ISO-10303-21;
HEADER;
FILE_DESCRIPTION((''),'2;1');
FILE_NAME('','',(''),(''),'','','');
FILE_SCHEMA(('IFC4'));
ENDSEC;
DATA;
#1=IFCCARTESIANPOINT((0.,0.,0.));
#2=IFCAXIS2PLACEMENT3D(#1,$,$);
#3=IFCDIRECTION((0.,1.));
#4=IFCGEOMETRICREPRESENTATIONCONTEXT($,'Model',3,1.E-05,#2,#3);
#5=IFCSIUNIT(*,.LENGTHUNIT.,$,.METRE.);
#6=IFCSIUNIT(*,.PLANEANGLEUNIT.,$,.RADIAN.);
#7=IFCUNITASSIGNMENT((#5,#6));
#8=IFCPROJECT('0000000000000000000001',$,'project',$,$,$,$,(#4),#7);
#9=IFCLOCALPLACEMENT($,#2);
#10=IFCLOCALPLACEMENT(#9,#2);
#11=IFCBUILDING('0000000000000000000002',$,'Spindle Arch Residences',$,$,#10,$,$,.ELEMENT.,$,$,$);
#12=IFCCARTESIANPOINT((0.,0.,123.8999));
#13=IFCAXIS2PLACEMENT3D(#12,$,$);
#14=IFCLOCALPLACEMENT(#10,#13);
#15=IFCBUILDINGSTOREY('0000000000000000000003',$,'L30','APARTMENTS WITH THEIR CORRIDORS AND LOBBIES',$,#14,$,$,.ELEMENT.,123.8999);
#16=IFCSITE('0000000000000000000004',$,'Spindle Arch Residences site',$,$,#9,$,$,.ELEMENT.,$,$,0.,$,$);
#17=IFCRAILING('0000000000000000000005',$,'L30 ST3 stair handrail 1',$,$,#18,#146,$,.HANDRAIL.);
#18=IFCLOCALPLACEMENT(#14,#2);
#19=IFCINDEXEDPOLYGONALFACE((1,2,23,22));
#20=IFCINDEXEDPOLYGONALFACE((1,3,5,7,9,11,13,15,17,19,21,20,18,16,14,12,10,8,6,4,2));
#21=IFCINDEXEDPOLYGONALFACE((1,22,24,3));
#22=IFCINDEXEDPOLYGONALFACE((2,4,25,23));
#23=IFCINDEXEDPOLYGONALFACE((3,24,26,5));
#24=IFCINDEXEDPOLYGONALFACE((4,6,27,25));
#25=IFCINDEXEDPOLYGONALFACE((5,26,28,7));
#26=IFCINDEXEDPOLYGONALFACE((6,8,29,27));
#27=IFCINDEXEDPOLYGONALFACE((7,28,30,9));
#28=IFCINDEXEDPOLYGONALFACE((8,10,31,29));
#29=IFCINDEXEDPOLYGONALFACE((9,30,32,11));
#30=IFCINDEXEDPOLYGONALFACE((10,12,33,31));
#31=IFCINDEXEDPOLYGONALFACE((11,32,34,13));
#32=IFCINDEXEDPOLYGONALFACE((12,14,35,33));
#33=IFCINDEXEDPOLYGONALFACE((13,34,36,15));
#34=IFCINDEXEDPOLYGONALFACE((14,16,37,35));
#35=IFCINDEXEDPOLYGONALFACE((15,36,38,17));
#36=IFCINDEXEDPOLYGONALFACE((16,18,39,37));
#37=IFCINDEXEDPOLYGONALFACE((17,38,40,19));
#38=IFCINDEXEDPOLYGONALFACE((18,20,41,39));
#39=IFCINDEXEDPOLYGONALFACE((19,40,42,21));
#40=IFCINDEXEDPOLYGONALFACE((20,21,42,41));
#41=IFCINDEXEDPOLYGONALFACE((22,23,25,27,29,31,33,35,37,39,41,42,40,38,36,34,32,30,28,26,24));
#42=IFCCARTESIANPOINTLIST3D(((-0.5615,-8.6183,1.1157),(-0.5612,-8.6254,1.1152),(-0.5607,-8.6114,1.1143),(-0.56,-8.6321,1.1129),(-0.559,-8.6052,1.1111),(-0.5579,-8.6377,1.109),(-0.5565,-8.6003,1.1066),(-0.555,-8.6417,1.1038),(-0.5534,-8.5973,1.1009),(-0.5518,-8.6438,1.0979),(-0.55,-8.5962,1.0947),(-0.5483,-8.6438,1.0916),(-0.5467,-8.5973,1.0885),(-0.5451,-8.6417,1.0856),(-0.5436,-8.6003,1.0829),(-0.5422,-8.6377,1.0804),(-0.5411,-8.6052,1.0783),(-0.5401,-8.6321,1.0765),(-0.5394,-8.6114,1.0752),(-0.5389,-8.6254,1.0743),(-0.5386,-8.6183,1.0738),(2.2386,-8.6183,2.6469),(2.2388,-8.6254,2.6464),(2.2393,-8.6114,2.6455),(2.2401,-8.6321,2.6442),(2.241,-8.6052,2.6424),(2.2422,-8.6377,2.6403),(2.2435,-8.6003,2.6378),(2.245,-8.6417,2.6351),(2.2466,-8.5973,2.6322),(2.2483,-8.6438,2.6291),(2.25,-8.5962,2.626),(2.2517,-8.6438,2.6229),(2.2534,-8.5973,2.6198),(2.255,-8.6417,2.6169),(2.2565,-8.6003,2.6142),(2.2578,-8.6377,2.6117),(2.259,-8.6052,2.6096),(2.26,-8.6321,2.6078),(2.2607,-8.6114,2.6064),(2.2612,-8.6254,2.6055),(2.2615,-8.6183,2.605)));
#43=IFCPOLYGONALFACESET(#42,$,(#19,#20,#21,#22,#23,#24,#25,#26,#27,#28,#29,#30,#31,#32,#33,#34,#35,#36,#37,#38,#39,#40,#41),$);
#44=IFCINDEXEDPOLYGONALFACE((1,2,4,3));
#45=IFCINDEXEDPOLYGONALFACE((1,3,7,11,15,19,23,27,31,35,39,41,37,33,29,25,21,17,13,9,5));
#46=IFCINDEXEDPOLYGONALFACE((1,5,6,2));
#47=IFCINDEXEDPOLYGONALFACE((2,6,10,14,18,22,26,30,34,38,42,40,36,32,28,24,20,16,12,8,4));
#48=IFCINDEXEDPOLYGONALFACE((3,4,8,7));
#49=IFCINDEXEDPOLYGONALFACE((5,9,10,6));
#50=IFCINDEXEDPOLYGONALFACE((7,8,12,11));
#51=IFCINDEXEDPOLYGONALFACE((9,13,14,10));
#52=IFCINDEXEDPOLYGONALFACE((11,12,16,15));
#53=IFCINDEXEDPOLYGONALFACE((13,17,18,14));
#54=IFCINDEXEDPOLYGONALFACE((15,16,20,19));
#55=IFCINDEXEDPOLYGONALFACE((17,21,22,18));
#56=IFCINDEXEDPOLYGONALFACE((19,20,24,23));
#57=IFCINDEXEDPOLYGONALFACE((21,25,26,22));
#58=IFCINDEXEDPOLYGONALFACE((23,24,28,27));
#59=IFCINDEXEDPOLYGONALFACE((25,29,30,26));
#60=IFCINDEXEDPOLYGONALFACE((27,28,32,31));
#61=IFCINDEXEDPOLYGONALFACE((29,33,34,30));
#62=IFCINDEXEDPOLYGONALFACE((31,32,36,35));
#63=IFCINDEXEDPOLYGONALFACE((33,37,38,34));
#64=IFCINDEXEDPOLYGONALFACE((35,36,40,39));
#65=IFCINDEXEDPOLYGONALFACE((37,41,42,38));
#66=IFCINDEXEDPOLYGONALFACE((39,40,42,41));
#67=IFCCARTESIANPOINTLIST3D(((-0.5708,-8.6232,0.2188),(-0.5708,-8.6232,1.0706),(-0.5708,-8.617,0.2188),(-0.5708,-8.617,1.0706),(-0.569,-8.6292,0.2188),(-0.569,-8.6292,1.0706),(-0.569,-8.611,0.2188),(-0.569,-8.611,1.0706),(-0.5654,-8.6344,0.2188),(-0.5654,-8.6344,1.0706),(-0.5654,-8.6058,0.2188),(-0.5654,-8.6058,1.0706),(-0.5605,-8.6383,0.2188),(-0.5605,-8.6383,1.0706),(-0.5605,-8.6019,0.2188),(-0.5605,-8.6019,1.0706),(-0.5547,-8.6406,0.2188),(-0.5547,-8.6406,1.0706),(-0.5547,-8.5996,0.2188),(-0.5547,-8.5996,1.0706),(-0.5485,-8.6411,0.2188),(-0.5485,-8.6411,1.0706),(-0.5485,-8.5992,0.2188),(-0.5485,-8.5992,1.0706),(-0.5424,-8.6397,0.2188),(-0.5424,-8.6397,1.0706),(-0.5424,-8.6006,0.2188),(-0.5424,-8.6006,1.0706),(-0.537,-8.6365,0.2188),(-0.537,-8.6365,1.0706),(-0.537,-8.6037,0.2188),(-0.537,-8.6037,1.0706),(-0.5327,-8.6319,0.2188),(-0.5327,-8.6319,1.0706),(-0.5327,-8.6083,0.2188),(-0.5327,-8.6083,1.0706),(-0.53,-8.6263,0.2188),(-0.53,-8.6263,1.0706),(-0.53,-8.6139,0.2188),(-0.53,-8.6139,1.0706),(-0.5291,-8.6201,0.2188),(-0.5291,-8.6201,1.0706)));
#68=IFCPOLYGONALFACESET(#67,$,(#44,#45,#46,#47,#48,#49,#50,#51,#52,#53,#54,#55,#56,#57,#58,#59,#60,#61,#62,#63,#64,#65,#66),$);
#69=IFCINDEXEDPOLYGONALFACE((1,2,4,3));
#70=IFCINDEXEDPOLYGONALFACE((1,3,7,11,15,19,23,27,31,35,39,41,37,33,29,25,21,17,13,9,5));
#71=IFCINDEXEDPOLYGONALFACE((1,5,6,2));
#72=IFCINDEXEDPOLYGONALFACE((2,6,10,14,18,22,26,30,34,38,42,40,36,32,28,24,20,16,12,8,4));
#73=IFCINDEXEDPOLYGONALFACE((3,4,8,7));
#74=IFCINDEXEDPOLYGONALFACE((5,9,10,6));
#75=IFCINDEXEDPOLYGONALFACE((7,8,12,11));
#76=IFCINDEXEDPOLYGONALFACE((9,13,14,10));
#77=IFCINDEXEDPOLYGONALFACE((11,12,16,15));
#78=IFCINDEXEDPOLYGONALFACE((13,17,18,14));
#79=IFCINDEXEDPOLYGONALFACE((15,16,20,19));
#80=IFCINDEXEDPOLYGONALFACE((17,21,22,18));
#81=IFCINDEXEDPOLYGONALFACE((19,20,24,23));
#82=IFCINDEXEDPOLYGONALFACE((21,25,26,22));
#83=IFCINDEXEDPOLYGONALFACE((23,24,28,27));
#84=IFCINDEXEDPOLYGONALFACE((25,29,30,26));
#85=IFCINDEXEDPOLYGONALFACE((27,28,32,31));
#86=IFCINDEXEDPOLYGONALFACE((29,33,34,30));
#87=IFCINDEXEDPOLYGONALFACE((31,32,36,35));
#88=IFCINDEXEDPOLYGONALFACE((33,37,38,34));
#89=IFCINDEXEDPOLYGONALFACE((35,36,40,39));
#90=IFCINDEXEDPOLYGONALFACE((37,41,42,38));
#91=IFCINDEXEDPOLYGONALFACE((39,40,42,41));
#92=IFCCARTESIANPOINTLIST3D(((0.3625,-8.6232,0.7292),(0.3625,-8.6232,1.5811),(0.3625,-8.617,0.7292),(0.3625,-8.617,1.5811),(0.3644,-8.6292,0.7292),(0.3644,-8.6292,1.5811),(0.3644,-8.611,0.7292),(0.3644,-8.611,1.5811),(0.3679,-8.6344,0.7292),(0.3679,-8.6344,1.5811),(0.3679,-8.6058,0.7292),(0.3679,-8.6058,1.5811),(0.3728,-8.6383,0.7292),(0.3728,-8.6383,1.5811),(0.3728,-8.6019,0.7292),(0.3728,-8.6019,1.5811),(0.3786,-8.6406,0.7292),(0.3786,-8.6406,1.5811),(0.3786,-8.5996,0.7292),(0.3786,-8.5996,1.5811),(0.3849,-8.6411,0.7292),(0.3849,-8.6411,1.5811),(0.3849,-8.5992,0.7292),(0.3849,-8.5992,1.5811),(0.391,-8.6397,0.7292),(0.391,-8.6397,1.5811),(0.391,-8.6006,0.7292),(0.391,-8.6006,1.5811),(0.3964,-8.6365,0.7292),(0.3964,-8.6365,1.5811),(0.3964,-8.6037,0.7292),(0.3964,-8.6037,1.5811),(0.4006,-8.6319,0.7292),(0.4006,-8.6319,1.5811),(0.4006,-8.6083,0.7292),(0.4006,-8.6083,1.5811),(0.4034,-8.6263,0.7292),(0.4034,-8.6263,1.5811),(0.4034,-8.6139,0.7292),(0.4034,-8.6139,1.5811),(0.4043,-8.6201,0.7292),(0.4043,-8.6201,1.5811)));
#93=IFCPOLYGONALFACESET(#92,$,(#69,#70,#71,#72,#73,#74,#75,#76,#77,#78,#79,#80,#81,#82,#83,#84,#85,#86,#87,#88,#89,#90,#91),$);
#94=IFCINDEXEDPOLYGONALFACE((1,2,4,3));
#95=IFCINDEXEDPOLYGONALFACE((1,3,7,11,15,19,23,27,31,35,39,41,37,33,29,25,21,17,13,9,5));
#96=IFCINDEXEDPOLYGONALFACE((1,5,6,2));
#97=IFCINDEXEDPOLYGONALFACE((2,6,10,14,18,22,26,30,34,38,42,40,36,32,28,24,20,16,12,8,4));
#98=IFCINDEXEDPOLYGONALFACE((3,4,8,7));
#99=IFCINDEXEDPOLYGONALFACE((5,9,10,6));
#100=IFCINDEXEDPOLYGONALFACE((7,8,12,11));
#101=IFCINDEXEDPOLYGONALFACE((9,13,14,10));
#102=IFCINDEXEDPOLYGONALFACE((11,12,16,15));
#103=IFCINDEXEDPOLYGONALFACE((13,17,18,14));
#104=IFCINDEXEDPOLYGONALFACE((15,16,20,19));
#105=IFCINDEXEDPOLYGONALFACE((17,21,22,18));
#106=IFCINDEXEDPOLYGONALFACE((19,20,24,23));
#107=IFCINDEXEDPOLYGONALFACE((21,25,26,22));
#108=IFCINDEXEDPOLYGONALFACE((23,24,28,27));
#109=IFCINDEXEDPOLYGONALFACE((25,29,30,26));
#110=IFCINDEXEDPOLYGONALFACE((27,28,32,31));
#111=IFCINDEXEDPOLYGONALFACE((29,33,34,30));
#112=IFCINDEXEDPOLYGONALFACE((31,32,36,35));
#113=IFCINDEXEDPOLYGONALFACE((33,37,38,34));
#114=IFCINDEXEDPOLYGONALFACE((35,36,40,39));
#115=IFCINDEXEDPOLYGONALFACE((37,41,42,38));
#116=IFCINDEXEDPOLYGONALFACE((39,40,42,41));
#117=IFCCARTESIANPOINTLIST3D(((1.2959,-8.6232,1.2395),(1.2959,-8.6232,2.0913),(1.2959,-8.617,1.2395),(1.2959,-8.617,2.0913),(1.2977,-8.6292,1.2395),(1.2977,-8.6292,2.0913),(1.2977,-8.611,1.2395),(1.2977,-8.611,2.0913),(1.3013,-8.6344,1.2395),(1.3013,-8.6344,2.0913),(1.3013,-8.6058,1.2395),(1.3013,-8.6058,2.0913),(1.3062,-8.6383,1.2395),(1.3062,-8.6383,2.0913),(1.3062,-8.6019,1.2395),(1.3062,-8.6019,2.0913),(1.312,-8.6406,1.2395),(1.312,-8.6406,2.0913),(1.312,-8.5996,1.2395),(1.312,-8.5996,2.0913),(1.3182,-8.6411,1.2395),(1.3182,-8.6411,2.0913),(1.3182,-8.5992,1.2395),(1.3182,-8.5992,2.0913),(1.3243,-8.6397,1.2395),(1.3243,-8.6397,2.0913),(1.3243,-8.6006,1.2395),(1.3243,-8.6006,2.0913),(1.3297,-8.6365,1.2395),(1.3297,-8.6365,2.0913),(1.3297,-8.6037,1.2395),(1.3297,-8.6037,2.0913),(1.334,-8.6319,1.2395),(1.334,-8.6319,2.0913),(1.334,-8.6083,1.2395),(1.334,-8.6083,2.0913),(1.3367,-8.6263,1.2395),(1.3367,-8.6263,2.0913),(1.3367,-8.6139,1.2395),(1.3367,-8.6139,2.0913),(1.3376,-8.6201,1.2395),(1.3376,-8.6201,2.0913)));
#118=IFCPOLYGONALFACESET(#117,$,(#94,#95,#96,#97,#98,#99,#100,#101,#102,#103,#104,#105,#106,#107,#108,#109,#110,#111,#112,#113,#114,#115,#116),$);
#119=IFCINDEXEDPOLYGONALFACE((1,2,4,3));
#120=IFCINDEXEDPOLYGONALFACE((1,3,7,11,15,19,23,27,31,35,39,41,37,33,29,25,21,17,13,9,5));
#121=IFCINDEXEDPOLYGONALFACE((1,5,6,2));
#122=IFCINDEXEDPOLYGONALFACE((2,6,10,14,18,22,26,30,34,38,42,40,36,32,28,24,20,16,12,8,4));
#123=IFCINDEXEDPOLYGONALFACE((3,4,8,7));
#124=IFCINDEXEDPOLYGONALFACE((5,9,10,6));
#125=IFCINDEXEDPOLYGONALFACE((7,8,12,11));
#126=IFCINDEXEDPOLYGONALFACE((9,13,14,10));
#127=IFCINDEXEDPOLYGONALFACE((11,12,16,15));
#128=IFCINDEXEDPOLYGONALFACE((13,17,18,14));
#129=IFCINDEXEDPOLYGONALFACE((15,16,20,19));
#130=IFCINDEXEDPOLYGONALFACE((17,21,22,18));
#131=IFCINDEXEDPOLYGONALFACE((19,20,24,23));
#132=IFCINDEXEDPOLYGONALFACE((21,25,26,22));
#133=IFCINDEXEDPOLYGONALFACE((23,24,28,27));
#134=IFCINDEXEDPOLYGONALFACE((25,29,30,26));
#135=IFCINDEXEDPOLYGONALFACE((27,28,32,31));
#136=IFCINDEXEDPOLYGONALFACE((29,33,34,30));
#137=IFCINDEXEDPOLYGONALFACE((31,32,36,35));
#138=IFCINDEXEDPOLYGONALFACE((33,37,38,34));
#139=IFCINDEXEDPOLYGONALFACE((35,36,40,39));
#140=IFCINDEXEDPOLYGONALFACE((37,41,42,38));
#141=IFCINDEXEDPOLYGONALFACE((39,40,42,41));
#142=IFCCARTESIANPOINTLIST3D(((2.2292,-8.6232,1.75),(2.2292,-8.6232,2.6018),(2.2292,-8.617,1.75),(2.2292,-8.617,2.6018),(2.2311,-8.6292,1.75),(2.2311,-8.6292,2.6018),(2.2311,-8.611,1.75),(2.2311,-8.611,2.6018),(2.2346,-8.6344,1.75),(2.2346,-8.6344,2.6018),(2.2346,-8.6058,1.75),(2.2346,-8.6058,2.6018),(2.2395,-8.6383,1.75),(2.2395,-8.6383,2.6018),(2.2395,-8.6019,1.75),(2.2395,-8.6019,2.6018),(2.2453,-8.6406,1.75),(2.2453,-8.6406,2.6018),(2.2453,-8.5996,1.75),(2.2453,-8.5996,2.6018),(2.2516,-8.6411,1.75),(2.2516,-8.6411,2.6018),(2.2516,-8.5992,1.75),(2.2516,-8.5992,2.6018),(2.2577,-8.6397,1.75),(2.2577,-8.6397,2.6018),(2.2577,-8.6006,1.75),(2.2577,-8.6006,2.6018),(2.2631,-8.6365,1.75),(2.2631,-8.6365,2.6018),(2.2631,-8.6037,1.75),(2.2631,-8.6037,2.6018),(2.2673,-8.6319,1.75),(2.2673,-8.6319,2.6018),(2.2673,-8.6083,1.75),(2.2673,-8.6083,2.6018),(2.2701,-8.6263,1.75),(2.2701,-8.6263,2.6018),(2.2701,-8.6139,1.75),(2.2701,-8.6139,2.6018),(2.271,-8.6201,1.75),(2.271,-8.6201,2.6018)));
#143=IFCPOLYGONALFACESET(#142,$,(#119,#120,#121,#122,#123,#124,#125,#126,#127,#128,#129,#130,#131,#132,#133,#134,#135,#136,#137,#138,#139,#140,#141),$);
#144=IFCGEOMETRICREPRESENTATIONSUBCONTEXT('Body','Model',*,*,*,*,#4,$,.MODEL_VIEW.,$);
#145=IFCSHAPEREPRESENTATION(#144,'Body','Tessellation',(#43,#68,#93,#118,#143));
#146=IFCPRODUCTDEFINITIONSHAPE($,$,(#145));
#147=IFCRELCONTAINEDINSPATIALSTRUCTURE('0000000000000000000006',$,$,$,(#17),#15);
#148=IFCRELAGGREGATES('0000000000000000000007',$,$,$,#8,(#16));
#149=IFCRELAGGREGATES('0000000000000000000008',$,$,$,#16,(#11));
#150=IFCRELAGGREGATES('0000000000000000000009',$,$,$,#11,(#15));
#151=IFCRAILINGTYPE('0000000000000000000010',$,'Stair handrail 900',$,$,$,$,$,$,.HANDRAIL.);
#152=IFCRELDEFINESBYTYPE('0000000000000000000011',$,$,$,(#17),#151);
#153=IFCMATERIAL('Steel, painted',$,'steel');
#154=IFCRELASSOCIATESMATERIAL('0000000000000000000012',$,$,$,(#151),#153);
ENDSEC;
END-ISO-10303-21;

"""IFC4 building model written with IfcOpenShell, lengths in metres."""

from ifc_helpers import new_model, si_unit, direction, frame, origin, origin_2d, place, context, subcontext, project, spatial, circle, extrude, material, type_object, element, save


model = new_model("IFC4")

# Units and contexts
model_context = context("Model", 3, precision=1e-05, world=origin(), true_north=direction((0.0, 1.0)))
body_context = subcontext(model_context, "Body", "Model", "MODEL_VIEW")
ifc_project = project(units=[si_unit("LENGTHUNIT", "METRE"), si_unit("PLANEANGLEUNIT", "RADIAN")], contexts=[model_context])

# Site, building, storey
site_placement = place(None, origin())
site = spatial("IfcSite", under=ifc_project, at=site_placement, Name="Spindle Arch Residences site", CompositionType="ELEMENT", RefElevation=0.0)
building_placement = place(site_placement, origin())
building = spatial("IfcBuilding", under=site, at=building_placement, Name="Spindle Arch Residences", CompositionType="ELEMENT")
storey_placement = place(building_placement, frame((0.0, 0.0, 123.8999)))
storey = spatial("IfcBuildingStorey", under=building, at=storey_placement, Name="L30", Description="APARTMENTS WITH THEIR CORRIDORS AND LOBBIES", CompositionType="ELEMENT", Elevation=123.8999)

# Railing
ifc_material_1 = material(Name="Steel, painted", Category="steel")
railing_type_1 = type_object("IfcRailingType", Name="Stair handrail 900", PredefinedType="HANDRAIL", material=ifc_material_1)
railing_1_placement = place(storey_placement, frame((-0.55, -8.6201, 0.2188)))
element("IfcRailing", 1, at=railing_1_placement, inside=storey, type_object=railing_type_1, Name="L30 ST3 stair handrail 1", PredefinedType="HANDRAIL", context=body_context, shape_type="SweptSolid", body=[
    extrude(circle(Radius=0.0239, at=origin_2d()), frame((0.0, 0.0, 0.876), z_axis=(0.877375, 0.0, 0.479806), x_axis=(0.0, 1.0, 0.0)), (0.0, 0.0, 1.0), 3.1914),
    extrude(circle(Radius=0.021, at=origin_2d()), origin(), (0.0, 0.0, 1.0), 0.8518),
    extrude(circle(Radius=0.021, at=origin_2d()), frame((0.9333, 0.0, 0.5105)), (0.0, 0.0, 1.0), 0.8518),
    extrude(circle(Radius=0.021, at=origin_2d()), frame((1.8667, 0.0, 1.0208)), (0.0, 0.0, 1.0), 0.8518),
    extrude(circle(Radius=0.021, at=origin_2d()), frame((2.8, 0.0, 1.5312)), (0.0, 0.0, 1.0), 0.8518),
])

save(model, "model.ifc")
